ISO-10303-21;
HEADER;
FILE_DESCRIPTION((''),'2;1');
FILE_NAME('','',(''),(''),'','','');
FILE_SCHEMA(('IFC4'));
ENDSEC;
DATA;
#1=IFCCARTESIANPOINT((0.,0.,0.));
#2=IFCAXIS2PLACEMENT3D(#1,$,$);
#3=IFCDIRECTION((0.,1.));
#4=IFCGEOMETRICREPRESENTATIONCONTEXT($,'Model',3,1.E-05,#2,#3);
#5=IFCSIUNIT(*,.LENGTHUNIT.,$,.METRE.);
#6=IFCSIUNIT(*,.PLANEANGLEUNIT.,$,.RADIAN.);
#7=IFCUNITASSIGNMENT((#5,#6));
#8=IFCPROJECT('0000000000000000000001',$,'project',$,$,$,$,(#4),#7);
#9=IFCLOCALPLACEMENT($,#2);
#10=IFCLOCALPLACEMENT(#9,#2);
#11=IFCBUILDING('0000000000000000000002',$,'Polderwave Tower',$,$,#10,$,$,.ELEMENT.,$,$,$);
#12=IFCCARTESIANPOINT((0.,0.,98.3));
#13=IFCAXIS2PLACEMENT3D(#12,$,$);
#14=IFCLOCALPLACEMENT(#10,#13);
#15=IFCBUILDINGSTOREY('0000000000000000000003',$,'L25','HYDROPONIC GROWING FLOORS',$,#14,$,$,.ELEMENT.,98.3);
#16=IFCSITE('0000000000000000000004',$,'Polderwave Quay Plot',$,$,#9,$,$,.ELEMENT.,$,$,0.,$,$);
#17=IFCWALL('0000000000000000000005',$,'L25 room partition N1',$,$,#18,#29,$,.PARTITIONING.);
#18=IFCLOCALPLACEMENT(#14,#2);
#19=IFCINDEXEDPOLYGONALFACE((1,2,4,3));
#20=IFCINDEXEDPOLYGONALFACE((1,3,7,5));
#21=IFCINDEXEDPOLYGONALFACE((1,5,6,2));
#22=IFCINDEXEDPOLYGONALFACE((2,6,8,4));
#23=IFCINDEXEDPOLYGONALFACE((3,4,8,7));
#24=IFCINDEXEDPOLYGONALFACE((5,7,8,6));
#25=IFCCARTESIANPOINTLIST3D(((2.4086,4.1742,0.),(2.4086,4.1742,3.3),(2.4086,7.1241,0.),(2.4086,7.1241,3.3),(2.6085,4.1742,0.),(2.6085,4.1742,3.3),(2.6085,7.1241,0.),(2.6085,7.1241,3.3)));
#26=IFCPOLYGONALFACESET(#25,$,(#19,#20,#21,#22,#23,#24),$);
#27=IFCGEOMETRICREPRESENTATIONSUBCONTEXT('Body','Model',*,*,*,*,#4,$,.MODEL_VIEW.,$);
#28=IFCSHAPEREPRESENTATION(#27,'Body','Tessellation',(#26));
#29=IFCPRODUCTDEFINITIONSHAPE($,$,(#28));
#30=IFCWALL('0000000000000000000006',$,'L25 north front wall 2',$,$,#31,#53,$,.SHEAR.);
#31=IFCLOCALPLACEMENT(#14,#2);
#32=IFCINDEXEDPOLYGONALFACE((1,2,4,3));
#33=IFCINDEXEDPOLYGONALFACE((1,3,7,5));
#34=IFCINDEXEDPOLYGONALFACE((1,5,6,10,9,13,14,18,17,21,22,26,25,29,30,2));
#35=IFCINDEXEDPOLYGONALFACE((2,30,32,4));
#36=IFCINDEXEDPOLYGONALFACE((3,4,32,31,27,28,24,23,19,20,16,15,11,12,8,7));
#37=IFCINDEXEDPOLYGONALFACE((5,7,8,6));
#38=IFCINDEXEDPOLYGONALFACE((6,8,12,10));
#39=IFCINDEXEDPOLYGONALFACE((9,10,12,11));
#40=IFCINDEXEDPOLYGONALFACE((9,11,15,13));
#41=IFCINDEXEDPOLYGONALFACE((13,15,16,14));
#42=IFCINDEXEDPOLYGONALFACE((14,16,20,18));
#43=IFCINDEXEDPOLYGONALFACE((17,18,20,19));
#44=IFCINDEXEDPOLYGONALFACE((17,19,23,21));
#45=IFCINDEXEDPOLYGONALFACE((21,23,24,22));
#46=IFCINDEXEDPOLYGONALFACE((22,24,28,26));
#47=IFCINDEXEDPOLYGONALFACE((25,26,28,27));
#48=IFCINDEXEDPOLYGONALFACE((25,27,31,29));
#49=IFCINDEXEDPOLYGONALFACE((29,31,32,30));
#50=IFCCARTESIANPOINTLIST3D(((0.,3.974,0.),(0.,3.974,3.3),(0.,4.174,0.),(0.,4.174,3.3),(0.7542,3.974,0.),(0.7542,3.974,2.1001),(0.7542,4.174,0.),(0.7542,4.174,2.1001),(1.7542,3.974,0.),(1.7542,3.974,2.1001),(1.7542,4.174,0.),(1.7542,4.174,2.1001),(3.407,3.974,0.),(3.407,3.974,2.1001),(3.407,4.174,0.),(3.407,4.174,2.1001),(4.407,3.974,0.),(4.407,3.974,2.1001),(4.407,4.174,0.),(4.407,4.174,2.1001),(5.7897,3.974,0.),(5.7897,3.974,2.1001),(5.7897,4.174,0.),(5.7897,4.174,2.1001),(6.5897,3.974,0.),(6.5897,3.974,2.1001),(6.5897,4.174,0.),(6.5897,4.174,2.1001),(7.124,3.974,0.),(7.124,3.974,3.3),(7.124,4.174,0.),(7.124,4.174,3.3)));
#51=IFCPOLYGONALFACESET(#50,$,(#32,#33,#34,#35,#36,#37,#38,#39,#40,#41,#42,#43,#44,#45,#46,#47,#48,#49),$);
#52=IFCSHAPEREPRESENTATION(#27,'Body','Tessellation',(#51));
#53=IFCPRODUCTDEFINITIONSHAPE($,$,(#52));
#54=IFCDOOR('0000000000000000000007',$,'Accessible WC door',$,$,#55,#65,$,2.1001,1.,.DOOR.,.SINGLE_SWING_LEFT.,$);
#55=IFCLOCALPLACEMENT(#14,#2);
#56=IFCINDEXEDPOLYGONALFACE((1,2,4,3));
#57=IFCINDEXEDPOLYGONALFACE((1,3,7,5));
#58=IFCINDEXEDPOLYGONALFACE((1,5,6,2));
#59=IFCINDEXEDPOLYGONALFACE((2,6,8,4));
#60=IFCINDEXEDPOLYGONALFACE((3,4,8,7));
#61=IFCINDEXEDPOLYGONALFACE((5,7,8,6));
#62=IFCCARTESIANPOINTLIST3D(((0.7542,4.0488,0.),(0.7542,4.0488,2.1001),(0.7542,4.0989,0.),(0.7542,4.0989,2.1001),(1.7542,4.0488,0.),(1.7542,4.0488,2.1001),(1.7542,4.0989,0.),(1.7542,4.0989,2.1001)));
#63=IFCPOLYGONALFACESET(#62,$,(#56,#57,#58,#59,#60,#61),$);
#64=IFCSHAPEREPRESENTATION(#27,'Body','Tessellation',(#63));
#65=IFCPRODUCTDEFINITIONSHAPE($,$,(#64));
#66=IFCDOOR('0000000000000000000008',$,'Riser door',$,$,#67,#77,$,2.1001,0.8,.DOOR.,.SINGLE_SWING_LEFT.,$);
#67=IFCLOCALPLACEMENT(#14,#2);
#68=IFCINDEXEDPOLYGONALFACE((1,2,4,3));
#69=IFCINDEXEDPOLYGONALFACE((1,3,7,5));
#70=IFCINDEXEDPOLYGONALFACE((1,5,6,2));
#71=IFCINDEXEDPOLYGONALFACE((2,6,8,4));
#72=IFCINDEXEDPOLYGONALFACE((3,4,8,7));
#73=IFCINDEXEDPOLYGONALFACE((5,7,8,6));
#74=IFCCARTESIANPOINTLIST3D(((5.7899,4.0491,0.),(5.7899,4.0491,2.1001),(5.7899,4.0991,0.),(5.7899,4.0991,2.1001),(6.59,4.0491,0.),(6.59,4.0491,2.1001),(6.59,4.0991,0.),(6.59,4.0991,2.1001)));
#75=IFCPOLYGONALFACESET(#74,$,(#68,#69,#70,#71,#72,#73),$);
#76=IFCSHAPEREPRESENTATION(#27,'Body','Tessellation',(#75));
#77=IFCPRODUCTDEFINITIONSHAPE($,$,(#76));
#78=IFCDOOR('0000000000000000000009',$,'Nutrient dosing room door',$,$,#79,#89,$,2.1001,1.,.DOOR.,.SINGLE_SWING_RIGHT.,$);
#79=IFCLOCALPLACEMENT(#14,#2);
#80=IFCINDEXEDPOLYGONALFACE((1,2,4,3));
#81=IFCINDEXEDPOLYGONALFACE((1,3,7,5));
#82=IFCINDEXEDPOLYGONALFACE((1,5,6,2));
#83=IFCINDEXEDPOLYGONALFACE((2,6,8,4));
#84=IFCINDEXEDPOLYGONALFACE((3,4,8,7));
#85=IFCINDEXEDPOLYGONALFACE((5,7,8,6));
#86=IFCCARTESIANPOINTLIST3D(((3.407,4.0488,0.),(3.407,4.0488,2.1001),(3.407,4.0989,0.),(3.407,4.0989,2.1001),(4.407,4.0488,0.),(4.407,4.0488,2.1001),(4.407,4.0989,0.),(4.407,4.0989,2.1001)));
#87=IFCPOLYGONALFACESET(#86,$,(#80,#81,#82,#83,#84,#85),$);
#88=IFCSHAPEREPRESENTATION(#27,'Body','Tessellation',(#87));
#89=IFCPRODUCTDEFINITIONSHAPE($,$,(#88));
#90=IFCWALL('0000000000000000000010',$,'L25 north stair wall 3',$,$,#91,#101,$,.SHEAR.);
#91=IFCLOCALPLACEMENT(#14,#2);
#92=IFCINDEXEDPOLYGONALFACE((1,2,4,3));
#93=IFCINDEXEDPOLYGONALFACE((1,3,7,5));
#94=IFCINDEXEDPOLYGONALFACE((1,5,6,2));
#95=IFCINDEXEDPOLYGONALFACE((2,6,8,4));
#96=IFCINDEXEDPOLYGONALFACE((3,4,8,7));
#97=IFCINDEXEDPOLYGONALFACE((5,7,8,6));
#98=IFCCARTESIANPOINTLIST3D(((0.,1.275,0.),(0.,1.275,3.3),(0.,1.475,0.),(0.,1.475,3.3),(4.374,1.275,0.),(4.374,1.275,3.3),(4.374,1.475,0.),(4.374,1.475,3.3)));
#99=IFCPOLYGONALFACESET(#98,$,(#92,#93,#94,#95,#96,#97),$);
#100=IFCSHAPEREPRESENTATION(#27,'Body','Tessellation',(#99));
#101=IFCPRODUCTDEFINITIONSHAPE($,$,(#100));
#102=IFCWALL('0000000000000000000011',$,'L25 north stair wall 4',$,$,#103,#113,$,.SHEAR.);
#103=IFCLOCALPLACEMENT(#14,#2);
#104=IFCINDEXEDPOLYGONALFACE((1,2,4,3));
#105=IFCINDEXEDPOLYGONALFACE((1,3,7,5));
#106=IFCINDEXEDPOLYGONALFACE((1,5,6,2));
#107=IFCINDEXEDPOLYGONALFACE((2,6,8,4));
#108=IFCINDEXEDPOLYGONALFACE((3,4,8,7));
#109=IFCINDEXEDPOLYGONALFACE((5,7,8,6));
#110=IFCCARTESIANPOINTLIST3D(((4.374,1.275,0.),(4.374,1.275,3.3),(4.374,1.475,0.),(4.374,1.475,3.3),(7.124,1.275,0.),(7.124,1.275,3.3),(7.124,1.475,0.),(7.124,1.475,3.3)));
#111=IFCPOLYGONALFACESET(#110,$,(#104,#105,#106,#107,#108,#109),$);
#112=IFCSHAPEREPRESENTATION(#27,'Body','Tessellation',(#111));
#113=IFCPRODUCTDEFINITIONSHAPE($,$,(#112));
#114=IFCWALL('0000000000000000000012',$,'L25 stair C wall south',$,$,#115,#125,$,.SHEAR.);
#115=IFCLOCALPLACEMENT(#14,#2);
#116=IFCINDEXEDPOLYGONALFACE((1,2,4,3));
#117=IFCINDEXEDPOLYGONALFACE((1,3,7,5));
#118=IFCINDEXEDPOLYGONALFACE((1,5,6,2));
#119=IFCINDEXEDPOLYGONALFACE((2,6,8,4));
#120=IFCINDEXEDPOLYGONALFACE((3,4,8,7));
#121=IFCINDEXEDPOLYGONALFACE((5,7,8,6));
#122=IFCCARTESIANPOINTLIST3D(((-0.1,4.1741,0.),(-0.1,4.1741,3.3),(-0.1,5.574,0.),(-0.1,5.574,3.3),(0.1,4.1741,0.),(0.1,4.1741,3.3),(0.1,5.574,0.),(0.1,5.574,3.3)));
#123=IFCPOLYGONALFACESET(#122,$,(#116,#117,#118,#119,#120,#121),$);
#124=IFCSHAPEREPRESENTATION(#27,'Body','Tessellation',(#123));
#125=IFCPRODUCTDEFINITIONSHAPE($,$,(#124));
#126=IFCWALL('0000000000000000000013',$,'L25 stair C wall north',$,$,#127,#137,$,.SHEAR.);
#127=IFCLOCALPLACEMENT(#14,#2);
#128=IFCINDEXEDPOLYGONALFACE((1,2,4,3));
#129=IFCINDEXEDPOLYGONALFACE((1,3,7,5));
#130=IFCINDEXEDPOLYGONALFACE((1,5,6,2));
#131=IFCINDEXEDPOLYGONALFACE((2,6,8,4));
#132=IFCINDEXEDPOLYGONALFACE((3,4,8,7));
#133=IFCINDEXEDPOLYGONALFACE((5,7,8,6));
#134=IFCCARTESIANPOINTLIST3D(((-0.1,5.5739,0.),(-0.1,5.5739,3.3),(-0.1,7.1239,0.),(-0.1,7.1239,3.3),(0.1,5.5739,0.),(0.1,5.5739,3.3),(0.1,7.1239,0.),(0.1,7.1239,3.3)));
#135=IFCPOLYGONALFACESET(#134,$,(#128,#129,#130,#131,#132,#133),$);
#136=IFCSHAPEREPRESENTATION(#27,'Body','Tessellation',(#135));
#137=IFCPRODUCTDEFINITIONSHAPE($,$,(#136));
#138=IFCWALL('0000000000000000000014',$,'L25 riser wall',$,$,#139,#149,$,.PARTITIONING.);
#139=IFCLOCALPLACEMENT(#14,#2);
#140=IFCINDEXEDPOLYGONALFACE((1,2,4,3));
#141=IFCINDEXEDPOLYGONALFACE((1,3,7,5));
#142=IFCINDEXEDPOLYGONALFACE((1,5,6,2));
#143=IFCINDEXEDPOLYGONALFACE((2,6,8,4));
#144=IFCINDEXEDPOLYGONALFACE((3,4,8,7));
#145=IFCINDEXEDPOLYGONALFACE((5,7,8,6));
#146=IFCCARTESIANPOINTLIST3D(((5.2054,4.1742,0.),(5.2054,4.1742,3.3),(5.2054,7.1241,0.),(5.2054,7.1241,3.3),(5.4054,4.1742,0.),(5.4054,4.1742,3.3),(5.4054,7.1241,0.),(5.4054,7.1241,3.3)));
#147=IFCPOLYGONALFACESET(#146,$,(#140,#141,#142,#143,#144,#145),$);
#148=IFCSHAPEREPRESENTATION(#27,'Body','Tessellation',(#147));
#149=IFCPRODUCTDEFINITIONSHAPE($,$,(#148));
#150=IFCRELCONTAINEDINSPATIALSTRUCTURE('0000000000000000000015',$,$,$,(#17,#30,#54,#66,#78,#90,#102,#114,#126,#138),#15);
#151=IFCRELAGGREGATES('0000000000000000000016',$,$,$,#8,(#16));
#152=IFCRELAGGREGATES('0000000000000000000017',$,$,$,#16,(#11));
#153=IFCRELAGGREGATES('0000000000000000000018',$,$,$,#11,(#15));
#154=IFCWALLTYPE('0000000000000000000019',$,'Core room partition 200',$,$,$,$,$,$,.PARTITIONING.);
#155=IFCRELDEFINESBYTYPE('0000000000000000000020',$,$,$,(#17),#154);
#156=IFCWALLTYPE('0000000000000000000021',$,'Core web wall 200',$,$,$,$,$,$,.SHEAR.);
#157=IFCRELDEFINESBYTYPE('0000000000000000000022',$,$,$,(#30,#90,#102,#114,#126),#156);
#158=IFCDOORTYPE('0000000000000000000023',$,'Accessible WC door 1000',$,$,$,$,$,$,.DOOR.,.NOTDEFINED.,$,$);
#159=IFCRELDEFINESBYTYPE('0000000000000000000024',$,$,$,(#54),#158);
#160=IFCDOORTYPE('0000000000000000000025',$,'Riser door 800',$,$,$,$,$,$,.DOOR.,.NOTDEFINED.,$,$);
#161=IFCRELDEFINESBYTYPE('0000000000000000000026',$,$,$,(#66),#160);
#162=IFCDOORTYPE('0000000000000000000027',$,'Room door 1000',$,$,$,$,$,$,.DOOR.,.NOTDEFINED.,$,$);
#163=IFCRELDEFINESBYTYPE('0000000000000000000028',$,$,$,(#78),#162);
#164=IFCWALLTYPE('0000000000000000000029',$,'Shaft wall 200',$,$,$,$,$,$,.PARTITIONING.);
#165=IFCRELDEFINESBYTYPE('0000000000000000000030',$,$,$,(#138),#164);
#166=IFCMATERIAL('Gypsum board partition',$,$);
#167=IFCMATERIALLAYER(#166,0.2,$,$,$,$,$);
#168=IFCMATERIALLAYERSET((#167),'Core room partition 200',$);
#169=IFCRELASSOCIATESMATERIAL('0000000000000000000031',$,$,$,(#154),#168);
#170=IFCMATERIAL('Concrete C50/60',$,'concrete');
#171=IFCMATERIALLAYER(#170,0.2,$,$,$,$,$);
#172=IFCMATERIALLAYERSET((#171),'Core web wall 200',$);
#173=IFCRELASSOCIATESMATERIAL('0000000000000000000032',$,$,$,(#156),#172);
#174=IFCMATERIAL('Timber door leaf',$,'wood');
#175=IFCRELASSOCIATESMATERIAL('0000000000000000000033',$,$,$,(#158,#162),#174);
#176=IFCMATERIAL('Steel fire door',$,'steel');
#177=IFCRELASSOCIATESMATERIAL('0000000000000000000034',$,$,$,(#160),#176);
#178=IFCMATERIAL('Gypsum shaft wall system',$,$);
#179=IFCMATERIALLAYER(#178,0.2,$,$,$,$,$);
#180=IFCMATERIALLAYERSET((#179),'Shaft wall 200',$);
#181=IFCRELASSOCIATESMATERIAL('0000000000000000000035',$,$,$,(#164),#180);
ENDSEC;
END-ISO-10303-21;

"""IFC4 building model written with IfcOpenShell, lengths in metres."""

from ifc_helpers import new_model, si_unit, direction, frame, frame_2d, origin, place, context, subcontext, project, spatial, rectangle, extrude, material, layer, layer_set, type_object, element, fill, save


model = new_model("IFC4")

# Units and contexts
model_context = context("Model", 3, precision=1e-05, world=origin(), true_north=direction((0.0, 1.0)))
body_context = subcontext(model_context, "Body", "Model", "MODEL_VIEW")
ifc_project = project(units=[si_unit("LENGTHUNIT", "METRE"), si_unit("PLANEANGLEUNIT", "RADIAN")], contexts=[model_context])

# Site, building, storey
site_placement = place(None, origin())
site = spatial("IfcSite", under=ifc_project, at=site_placement, Name="Polderwave Quay Plot", CompositionType="ELEMENT", RefElevation=0.0)
building_placement = place(site_placement, origin())
building = spatial("IfcBuilding", under=site, at=building_placement, Name="Polderwave Tower", CompositionType="ELEMENT")
storey_placement = place(building_placement, frame((0.0, 0.0, 98.3)))
storey = spatial("IfcBuildingStorey", under=building, at=storey_placement, Name="L25", Description="HYDROPONIC GROWING FLOORS", CompositionType="ELEMENT", Elevation=98.3)

# Wall
ifc_material_1 = material(Name="Gypsum board partition")
ifc_layer_1 = layer(ifc_material_1, 0.2)
ifc_layer_set_1 = layer_set([ifc_layer_1], Name="Core room partition 200")
wall_type_1 = type_object("IfcWallType", Name="Core room partition 200", PredefinedType="PARTITIONING", material=ifc_layer_set_1)
wall_1_placement = place(storey_placement, frame((2.5085, 4.1741, 0.0), z_axis=(0.0, 0.0, 1.0), x_axis=(0.0, 1.0, 0.0)))
element("IfcWall", 1, at=wall_1_placement, inside=storey, type_object=wall_type_1, Name="L25 room partition N1", PredefinedType="PARTITIONING", context=body_context, shape_type="SweptSolid", body=[
    extrude(rectangle(XDim=2.95, YDim=0.2, at=frame_2d((1.4751, 0.0))), origin(), (0.0, 0.0, 1.0), 3.3),
])

# Wall, openings, doors
ifc_material_2 = material(Name="Concrete C50/60", Category="concrete")
ifc_layer_2 = layer(ifc_material_2, 0.2)
ifc_layer_set_2 = layer_set([ifc_layer_2], Name="Core web wall 200")
wall_type_2 = type_object("IfcWallType", Name="Core web wall 200", PredefinedType="SHEAR", material=ifc_layer_set_2)
wall_2_placement = place(storey_placement, frame((0.0, 4.074, 0.0), z_axis=(0.0, 0.0, 1.0), x_axis=(1.0, 0.0, 0.0)))
wall_2 = element("IfcWall", 2, at=wall_2_placement, inside=storey, type_object=wall_type_2, Name="L25 north front wall 2", PredefinedType="SHEAR", context=body_context, shape_type="SweptSolid", body=[
    extrude(rectangle(XDim=7.124, YDim=0.2, at=frame_2d((3.562, 0.0))), origin(), (0.0, 0.0, 1.0), 3.3),
])
opening_1_placement = place(wall_2_placement, frame((0.7542, 0.0, 0.0)))
opening_1 = element("IfcOpeningElement", 3, at=opening_1_placement, cuts=wall_2, PredefinedType="OPENING", context=body_context, shape_type="SweptSolid", body=[
    extrude(rectangle(XDim=1.0, YDim=2.1001, at=frame_2d((0.5, 1.05))), frame((0.0, 0.1099, 0.0), z_axis=(0.0, -1.0, 0.0), x_axis=(1.0, 0.0, 0.0)), (0.0, 0.0, 1.0), 0.22),
])
opening_2_placement = place(wall_2_placement, frame((3.407, 0.0, 0.0)))
opening_2 = element("IfcOpeningElement", 4, at=opening_2_placement, cuts=wall_2, PredefinedType="OPENING", context=body_context, shape_type="SweptSolid", body=[
    extrude(rectangle(XDim=1.0, YDim=2.1001, at=frame_2d((0.5, 1.05))), frame((0.0, 0.1099, 0.0), z_axis=(0.0, -1.0, 0.0), x_axis=(1.0, 0.0, 0.0)), (0.0, 0.0, 1.0), 0.22),
])
opening_3_placement = place(wall_2_placement, frame((5.7898, 0.0, 0.0)))
opening_3 = element("IfcOpeningElement", 5, at=opening_3_placement, cuts=wall_2, PredefinedType="OPENING", context=body_context, shape_type="SweptSolid", body=[
    extrude(rectangle(XDim=0.8, YDim=2.1001, at=frame_2d((0.3999, 1.05))), frame((0.0, 0.1099, 0.0), z_axis=(0.0, -1.0, 0.0), x_axis=(1.0, 0.0, 0.0)), (0.0, 0.0, 1.0), 0.22),
])
ifc_material_3 = material(Name="Timber door leaf", Category="wood")
door_type_1 = type_object("IfcDoorType", Name="Accessible WC door 1000", OperationType="NOTDEFINED", PredefinedType="DOOR", material=ifc_material_3)
door_1_placement = place(opening_1_placement, origin())
door_1 = element("IfcDoor", 6, at=door_1_placement, inside=storey, type_object=door_type_1, Name="Accessible WC door", OperationType="SINGLE_SWING_LEFT", OverallHeight=2.1001, OverallWidth=1.0, PredefinedType="DOOR", context=body_context, shape_type="SweptSolid", body=[
    extrude(rectangle(XDim=1.0, YDim=2.1001, at=frame_2d((0.5, 1.05))), frame((0.0, 0.0249, 0.0), z_axis=(0.0, -1.0, 0.0), x_axis=(1.0, 0.0, 0.0)), (0.0, 0.0, 1.0), 0.05),
])
fill(opening_1, door_1)
ifc_material_4 = material(Name="Steel fire door", Category="steel")
door_type_2 = type_object("IfcDoorType", Name="Riser door 800", OperationType="NOTDEFINED", PredefinedType="DOOR", material=ifc_material_4)
door_2_placement = place(opening_3_placement, frame((0.8, 0.0, 0.0), z_axis=(0.0, 0.0, 1.0), x_axis=(-1.0, 0.0, 0.0)))
door_2 = element("IfcDoor", 7, at=door_2_placement, inside=storey, type_object=door_type_2, Name="Riser door", OperationType="SINGLE_SWING_LEFT", OverallHeight=2.1001, OverallWidth=0.8, PredefinedType="DOOR", context=body_context, shape_type="SweptSolid", body=[
    extrude(rectangle(XDim=0.8, YDim=2.1001, at=frame_2d((0.3999, 1.05))), frame((0.0, 0.0249, 0.0), z_axis=(0.0, -1.0, 0.0), x_axis=(1.0, 0.0, 0.0)), (0.0, 0.0, 1.0), 0.05),
])
fill(opening_3, door_2)
door_type_3 = type_object("IfcDoorType", Name="Room door 1000", OperationType="NOTDEFINED", PredefinedType="DOOR", material=ifc_material_3)
door_3_placement = place(opening_2_placement, origin())
door_3 = element("IfcDoor", 8, at=door_3_placement, inside=storey, type_object=door_type_3, Name="Nutrient dosing room door", OperationType="SINGLE_SWING_RIGHT", OverallHeight=2.1001, OverallWidth=1.0, PredefinedType="DOOR", context=body_context, shape_type="SweptSolid", body=[
    extrude(rectangle(XDim=1.0, YDim=2.1001, at=frame_2d((0.5, 1.05))), frame((0.0, 0.0249, 0.0), z_axis=(0.0, -1.0, 0.0), x_axis=(1.0, 0.0, 0.0)), (0.0, 0.0, 1.0), 0.05),
])
fill(opening_2, door_3)

# Walls
wall_3_placement = place(storey_placement, frame((0.0, 1.375, 0.0), z_axis=(0.0, 0.0, 1.0), x_axis=(1.0, 0.0, 0.0)))
element("IfcWall", 9, at=wall_3_placement, inside=storey, type_object=wall_type_2, Name="L25 north stair wall 3", PredefinedType="SHEAR", context=body_context, shape_type="SweptSolid", body=[
    extrude(rectangle(XDim=4.374, YDim=0.2, at=frame_2d((2.187, 0.0))), origin(), (0.0, 0.0, 1.0), 3.3),
])
wall_4_placement = place(storey_placement, frame((4.374, 1.375, 0.0), z_axis=(0.0, 0.0, 1.0), x_axis=(1.0, 0.0, 0.0)))
element("IfcWall", 10, at=wall_4_placement, inside=storey, type_object=wall_type_2, Name="L25 north stair wall 4", PredefinedType="SHEAR", context=body_context, shape_type="SweptSolid", body=[
    extrude(rectangle(XDim=2.75, YDim=0.2, at=frame_2d((1.375, 0.0))), origin(), (0.0, 0.0, 1.0), 3.3),
])
wall_5_placement = place(storey_placement, frame((0.0, 4.1741, 0.0), z_axis=(0.0, 0.0, 1.0), x_axis=(0.0, 1.0, 0.0)))
element("IfcWall", 11, at=wall_5_placement, inside=storey, type_object=wall_type_2, Name="L25 stair C wall south", PredefinedType="SHEAR", context=body_context, shape_type="SweptSolid", body=[
    extrude(rectangle(XDim=1.3999, YDim=0.2, at=frame_2d((0.7, 0.0))), origin(), (0.0, 0.0, 1.0), 3.3),
])
wall_6_placement = place(storey_placement, frame((0.0, 5.574, 0.0), z_axis=(0.0, 0.0, 1.0), x_axis=(0.0, 1.0, 0.0)))
element("IfcWall", 12, at=wall_6_placement, inside=storey, type_object=wall_type_2, Name="L25 stair C wall north", PredefinedType="SHEAR", context=body_context, shape_type="SweptSolid", body=[
    extrude(rectangle(XDim=1.55, YDim=0.2, at=frame_2d((0.7749, 0.0))), origin(), (0.0, 0.0, 1.0), 3.3),
])
ifc_material_5 = material(Name="Gypsum shaft wall system")
ifc_layer_3 = layer(ifc_material_5, 0.2)
ifc_layer_set_3 = layer_set([ifc_layer_3], Name="Shaft wall 200")
wall_type_3 = type_object("IfcWallType", Name="Shaft wall 200", PredefinedType="PARTITIONING", material=ifc_layer_set_3)
wall_7_placement = place(storey_placement, frame((5.3054, 4.1741, 0.0), z_axis=(0.0, 0.0, 1.0), x_axis=(0.0, 1.0, 0.0)))
element("IfcWall", 13, at=wall_7_placement, inside=storey, type_object=wall_type_3, Name="L25 riser wall", PredefinedType="PARTITIONING", context=body_context, shape_type="SweptSolid", body=[
    extrude(rectangle(XDim=2.95, YDim=0.2, at=frame_2d((1.4751, 0.0))), origin(), (0.0, 0.0, 1.0), 3.3),
])

save(model, "model.ifc")
